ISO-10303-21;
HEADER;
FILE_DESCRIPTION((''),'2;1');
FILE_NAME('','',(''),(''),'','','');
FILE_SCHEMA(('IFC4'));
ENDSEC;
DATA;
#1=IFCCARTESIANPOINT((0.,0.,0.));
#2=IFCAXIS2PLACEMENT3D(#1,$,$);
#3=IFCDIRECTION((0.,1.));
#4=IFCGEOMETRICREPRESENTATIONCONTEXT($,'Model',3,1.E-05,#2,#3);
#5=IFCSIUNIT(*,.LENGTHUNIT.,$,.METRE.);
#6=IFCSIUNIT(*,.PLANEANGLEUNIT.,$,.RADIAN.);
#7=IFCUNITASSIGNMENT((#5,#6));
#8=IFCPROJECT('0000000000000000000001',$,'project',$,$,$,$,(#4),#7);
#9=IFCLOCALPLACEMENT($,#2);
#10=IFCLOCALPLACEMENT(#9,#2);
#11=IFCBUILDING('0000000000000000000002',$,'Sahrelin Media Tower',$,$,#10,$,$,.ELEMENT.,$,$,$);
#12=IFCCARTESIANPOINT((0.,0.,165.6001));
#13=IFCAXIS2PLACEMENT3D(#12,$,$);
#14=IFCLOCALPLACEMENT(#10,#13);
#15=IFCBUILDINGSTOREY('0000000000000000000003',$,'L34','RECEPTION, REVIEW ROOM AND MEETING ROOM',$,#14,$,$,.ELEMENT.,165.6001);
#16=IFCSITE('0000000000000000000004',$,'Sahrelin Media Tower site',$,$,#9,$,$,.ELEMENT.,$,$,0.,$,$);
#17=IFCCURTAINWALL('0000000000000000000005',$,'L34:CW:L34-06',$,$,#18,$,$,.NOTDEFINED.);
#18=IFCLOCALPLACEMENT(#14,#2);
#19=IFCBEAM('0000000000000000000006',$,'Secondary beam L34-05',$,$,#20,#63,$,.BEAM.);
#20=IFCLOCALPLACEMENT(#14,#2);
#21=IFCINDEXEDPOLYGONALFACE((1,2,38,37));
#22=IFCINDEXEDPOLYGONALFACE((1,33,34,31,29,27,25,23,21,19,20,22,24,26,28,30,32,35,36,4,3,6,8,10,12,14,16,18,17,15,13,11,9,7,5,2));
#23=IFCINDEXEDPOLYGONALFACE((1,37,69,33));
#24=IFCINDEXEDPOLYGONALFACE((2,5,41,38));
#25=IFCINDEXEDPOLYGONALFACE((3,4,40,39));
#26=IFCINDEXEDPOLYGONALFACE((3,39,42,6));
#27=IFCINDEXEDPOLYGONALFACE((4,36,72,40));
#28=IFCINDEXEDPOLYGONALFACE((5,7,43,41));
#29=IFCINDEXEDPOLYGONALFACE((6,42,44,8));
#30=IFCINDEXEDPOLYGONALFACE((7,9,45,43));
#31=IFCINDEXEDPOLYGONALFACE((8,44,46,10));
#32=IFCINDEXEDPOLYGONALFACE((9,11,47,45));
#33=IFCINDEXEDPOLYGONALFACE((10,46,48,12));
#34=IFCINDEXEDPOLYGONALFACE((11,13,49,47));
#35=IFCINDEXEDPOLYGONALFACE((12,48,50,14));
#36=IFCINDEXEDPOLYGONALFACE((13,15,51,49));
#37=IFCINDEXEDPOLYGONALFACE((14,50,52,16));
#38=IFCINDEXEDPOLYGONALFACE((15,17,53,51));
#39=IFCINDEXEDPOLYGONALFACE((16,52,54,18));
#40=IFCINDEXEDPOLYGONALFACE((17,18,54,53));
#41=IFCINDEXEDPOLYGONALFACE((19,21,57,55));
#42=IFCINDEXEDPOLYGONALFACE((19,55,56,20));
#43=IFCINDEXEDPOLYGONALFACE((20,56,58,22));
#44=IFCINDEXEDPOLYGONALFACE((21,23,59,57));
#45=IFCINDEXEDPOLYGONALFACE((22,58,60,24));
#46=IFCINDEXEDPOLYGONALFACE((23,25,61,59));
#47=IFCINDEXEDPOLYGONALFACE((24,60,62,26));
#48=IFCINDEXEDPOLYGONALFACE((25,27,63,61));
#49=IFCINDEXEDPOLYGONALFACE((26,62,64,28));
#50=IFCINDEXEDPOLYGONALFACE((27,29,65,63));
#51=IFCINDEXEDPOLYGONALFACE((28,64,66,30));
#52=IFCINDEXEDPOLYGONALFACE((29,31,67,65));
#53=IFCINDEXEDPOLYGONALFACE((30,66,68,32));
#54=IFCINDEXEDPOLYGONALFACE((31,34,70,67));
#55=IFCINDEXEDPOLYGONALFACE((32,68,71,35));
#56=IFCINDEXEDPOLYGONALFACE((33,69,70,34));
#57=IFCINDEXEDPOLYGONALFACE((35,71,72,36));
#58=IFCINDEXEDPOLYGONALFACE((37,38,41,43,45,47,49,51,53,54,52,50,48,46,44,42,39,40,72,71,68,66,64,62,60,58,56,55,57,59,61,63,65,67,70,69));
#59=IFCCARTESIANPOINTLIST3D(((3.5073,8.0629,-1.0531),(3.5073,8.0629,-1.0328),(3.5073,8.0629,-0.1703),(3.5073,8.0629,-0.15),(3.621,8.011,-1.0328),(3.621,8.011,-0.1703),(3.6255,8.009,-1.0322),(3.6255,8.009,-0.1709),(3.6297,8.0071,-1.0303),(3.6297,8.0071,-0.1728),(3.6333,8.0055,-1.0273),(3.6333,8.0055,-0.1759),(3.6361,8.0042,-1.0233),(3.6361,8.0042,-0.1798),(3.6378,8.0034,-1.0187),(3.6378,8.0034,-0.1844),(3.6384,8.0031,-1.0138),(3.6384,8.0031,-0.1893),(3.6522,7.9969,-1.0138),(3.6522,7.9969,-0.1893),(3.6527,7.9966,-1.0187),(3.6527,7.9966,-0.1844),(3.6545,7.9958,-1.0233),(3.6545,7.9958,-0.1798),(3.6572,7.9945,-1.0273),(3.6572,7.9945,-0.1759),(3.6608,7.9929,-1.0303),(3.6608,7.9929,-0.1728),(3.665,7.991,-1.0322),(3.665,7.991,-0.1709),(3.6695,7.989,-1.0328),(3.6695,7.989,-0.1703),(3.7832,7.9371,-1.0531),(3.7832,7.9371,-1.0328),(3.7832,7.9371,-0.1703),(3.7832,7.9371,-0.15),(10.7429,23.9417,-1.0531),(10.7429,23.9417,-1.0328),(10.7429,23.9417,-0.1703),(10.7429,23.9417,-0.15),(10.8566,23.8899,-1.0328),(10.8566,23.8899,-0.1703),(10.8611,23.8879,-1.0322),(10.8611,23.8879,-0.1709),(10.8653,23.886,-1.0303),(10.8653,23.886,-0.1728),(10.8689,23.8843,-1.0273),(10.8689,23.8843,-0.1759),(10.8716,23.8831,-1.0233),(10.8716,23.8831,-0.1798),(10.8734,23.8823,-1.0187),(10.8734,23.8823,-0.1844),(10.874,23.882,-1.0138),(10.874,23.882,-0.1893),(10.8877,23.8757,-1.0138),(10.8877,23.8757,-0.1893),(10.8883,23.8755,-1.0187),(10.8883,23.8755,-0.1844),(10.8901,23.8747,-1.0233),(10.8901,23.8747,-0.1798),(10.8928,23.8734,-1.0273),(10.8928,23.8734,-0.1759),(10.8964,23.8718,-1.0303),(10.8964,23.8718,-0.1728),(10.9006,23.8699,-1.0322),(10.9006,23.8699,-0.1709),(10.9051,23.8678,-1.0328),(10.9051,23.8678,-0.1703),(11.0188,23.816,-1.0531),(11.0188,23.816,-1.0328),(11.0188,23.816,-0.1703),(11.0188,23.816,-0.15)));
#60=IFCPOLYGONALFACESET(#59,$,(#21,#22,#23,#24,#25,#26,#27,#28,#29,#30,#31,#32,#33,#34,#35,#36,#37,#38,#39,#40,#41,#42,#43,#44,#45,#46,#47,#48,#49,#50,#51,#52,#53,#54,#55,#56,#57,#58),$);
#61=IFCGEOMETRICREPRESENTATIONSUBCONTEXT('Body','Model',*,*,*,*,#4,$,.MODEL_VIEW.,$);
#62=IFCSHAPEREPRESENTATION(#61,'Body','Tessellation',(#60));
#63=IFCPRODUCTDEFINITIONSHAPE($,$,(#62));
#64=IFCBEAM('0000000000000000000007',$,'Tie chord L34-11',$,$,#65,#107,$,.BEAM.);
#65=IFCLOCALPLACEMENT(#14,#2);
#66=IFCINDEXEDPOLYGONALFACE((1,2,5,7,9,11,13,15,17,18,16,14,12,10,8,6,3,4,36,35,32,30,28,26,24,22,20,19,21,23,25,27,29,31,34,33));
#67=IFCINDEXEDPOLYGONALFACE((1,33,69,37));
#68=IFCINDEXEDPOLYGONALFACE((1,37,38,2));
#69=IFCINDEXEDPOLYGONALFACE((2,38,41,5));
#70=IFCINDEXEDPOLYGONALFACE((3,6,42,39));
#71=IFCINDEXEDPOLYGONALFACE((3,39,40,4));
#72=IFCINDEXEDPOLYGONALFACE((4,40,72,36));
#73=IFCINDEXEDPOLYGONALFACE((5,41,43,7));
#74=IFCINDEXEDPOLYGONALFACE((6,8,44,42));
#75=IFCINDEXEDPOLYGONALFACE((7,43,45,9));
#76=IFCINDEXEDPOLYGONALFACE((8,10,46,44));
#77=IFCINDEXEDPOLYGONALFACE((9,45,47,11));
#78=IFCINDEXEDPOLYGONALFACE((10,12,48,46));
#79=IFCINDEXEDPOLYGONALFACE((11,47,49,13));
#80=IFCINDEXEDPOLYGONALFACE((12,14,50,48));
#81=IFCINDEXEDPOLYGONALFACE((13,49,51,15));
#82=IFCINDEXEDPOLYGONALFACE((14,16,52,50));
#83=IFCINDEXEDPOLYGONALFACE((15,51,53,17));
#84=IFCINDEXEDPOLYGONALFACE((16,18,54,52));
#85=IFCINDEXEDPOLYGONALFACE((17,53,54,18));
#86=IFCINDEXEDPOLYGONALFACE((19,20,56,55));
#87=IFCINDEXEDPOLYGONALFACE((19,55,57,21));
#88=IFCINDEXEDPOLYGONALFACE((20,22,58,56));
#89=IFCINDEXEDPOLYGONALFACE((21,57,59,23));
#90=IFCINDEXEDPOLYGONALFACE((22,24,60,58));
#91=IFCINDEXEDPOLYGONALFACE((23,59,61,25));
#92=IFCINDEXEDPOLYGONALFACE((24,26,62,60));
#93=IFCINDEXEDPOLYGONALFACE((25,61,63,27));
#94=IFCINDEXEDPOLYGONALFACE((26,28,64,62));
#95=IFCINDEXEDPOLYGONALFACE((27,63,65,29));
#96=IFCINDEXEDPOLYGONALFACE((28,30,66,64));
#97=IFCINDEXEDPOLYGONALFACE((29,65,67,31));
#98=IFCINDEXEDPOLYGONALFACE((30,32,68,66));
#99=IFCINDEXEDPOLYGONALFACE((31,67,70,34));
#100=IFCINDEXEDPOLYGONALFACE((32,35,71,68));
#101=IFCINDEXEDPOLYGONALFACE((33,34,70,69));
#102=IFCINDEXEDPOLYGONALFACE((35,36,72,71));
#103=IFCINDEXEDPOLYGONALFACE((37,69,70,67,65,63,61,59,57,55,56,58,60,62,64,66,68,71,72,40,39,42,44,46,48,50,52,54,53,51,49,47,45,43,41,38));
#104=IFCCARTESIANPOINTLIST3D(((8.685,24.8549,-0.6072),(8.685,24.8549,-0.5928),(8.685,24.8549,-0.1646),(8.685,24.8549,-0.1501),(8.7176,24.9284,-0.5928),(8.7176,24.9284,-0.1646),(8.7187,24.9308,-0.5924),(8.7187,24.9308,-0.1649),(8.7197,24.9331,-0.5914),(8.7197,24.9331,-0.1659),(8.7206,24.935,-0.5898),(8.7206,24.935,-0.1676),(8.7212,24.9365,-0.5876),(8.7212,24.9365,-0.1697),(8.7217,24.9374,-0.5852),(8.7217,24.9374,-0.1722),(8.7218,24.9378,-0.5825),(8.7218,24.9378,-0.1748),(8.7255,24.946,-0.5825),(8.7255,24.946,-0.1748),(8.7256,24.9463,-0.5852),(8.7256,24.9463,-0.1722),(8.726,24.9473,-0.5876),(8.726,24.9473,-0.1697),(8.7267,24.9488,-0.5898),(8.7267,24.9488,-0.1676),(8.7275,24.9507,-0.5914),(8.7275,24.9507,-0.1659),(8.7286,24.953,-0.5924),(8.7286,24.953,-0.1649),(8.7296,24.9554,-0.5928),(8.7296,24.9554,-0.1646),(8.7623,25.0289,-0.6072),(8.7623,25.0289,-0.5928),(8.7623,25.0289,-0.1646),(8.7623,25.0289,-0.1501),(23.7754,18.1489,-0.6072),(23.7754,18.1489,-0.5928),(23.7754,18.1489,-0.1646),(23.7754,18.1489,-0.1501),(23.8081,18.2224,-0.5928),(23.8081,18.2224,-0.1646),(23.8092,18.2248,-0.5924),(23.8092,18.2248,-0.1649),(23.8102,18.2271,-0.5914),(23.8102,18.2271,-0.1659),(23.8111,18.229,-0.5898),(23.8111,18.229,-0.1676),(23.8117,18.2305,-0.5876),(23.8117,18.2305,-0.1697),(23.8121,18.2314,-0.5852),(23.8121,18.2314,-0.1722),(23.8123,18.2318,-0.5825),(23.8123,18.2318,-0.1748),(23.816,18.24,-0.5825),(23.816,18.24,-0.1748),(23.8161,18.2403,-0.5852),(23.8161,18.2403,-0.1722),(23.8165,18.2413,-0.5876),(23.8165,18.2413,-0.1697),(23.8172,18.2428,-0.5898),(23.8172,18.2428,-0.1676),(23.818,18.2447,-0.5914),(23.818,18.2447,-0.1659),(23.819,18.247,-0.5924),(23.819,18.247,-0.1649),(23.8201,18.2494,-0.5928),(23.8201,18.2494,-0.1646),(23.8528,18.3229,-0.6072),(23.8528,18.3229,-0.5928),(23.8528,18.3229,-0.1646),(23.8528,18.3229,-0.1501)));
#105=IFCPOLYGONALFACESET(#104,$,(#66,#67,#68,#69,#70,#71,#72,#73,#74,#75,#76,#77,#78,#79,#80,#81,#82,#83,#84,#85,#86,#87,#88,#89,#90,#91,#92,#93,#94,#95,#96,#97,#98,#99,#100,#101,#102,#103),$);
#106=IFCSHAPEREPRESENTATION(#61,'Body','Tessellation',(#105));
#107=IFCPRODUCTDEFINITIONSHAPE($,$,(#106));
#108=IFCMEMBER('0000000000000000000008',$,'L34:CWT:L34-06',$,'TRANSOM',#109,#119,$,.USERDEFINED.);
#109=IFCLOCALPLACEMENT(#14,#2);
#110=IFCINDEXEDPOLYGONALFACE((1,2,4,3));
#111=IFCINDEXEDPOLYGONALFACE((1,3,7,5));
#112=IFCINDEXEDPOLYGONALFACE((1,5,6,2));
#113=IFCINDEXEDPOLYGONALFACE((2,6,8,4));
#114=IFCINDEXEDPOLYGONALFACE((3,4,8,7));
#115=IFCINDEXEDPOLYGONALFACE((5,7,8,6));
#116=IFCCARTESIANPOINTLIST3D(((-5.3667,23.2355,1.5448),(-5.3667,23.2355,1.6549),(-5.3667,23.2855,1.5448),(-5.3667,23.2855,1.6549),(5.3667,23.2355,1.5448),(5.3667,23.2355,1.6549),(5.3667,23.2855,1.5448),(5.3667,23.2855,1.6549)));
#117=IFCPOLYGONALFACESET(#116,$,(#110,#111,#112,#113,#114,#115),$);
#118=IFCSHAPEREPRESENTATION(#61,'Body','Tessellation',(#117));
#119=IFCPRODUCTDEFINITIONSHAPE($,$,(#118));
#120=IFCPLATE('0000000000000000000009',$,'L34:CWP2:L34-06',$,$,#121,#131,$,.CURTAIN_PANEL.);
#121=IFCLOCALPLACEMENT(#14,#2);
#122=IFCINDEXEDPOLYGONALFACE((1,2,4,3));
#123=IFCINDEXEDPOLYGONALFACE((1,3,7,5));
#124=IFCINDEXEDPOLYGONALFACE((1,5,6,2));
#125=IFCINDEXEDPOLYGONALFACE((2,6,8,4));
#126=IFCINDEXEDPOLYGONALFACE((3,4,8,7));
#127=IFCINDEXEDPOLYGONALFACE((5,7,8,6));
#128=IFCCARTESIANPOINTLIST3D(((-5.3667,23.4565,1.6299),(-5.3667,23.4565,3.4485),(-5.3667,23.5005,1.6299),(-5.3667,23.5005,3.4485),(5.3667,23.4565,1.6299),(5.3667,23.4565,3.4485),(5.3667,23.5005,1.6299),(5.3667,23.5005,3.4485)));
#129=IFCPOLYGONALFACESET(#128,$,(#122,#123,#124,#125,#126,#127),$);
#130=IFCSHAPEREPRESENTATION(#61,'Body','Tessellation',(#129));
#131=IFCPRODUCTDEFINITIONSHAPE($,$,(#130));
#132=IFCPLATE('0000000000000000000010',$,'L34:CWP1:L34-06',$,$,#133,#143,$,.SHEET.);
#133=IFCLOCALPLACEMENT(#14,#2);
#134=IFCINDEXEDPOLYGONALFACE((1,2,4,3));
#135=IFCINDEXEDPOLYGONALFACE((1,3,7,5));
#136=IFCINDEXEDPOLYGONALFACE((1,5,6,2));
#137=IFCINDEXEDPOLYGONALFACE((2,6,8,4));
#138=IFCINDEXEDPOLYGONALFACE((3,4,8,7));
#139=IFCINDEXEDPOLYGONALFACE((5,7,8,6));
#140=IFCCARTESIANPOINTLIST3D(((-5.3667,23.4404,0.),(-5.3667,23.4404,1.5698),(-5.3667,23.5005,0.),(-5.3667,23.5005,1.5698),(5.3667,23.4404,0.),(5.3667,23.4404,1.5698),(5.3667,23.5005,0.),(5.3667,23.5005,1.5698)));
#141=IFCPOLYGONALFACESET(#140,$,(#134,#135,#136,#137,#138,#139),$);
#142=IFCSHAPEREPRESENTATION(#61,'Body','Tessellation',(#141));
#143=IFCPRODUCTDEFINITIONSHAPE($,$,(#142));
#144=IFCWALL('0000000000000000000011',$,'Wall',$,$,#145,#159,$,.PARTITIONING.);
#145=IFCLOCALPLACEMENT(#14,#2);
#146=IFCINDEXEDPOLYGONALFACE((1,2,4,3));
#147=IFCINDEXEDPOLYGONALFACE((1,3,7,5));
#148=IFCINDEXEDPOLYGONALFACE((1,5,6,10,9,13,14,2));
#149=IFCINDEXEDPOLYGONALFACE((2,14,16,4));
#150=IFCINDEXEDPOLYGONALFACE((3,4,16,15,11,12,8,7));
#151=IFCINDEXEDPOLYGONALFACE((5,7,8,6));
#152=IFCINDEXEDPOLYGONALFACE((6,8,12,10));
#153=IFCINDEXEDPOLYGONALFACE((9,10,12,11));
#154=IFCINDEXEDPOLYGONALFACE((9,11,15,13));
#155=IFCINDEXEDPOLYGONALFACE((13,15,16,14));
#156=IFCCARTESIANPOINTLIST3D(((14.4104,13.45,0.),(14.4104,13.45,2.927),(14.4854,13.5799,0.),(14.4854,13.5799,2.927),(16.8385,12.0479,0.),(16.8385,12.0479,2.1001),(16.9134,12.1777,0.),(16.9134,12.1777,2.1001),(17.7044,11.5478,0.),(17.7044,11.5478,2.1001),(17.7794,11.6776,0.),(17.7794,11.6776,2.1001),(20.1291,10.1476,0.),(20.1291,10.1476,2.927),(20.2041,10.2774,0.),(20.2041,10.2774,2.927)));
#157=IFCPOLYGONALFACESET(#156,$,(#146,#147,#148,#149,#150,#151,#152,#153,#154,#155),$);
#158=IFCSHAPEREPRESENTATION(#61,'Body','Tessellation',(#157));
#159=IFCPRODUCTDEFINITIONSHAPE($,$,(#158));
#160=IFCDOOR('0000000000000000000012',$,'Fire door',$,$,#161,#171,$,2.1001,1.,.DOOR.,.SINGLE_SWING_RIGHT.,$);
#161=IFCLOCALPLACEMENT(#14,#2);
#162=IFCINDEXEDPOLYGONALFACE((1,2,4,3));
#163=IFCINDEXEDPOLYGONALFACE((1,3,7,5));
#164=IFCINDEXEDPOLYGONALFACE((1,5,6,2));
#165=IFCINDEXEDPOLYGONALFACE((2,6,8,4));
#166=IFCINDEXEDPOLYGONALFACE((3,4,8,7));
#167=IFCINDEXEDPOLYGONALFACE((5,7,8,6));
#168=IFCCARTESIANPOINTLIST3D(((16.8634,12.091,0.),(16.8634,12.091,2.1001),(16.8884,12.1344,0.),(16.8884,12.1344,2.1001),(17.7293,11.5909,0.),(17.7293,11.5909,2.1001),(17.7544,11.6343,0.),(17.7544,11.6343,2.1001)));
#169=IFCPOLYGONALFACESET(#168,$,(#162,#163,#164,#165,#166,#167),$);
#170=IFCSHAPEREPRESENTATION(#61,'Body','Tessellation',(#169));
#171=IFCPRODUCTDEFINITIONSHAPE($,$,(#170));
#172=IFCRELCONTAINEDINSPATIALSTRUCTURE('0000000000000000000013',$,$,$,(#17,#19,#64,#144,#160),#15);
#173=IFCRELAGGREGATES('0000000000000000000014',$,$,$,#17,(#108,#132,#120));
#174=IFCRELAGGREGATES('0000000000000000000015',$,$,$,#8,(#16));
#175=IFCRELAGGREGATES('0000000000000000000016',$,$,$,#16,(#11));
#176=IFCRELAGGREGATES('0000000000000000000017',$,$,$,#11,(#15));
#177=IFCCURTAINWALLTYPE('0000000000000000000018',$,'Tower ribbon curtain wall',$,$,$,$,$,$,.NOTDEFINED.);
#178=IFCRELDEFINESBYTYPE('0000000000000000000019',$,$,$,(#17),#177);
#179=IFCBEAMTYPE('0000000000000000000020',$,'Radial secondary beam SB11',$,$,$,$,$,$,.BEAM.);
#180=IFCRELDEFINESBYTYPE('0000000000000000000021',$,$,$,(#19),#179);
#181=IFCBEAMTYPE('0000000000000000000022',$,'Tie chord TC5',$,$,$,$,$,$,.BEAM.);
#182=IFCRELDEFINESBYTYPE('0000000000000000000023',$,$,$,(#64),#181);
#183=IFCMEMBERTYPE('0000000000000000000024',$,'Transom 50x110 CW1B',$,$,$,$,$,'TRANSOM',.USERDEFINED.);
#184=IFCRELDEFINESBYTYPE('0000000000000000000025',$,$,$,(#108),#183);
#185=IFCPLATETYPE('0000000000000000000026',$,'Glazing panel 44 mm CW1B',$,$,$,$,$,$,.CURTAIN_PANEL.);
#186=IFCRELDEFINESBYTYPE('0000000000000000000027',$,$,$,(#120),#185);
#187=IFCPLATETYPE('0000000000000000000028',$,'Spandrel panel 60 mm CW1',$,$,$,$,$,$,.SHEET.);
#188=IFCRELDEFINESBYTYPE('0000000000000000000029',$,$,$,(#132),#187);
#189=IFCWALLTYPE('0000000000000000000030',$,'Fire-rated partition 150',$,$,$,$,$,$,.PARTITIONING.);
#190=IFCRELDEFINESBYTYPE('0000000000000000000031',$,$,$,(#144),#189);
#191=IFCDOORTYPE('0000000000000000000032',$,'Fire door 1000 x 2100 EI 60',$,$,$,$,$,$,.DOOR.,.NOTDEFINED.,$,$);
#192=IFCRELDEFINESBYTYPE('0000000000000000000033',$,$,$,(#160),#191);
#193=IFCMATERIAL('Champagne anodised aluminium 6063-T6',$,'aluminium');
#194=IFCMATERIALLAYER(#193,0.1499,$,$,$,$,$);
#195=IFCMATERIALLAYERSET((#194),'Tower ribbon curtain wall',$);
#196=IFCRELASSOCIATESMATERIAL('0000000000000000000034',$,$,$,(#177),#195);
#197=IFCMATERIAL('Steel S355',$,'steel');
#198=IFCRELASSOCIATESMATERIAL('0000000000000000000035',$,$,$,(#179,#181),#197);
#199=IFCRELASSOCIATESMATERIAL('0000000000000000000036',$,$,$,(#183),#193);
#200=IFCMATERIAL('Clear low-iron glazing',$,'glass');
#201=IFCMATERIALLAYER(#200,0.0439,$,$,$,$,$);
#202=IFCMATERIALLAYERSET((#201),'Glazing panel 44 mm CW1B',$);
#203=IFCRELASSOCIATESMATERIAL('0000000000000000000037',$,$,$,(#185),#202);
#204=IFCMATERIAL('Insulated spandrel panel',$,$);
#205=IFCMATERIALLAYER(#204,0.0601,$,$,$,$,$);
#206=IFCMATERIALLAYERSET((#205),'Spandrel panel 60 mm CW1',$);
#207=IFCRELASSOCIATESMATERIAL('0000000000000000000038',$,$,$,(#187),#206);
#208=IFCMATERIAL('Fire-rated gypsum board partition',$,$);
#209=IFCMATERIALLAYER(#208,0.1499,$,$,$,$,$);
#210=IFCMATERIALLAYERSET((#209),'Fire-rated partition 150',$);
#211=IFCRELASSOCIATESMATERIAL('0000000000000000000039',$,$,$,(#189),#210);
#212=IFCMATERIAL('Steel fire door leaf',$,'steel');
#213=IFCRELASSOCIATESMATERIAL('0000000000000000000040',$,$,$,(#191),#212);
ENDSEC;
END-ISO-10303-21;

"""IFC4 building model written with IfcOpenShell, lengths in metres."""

from ifc_helpers import new_model, si_unit, direction, frame, frame_2d, origin, origin_2d, place, context, subcontext, project, spatial, polyline, rectangle, i_section, outline, extrude, material, layer, layer_set, material_profile, profile_set, type_object, element, fill, aggregate, save


model = new_model("IFC4")

# Units and contexts
model_context = context("Model", 3, precision=1e-05, world=origin(), true_north=direction((0.0, 1.0)))
body_context = subcontext(model_context, "Body", "Model", "MODEL_VIEW")
ifc_project = project(units=[si_unit("LENGTHUNIT", "METRE"), si_unit("PLANEANGLEUNIT", "RADIAN")], contexts=[model_context])

# Site, building, storey
site_placement = place(None, origin())
site = spatial("IfcSite", under=ifc_project, at=site_placement, Name="Sahrelin Media Tower site", CompositionType="ELEMENT", RefElevation=0.0)
building_placement = place(site_placement, origin())
building = spatial("IfcBuilding", under=site, at=building_placement, Name="Sahrelin Media Tower", CompositionType="ELEMENT")
storey_placement = place(building_placement, frame((0.0, 0.0, 165.6001)))
storey = spatial("IfcBuildingStorey", under=building, at=storey_placement, Name="L34", Description="RECEPTION, REVIEW ROOM AND MEETING ROOM", CompositionType="ELEMENT", Elevation=165.6001)

# Shared definitions
ifc_material_1 = material(Name="Steel S355", Category="steel")

# Curtain wall
ifc_material_2 = material(Name="Champagne anodised aluminium 6063-T6", Category="aluminium")
ifc_layer_1 = layer(ifc_material_2, 0.1499)
ifc_layer_set_1 = layer_set([ifc_layer_1], Name="Tower ribbon curtain wall")
curtain_wall_type = type_object("IfcCurtainWallType", Name="Tower ribbon curtain wall", PredefinedType="NOTDEFINED", material=ifc_layer_set_1)
placement_1 = place(storey_placement, frame((0.0, 23.4807, 0.0), z_axis=(0.0, 0.0, 1.0), x_axis=(1.0, 0.0, 0.0)))
curtain_wall_1 = element("IfcCurtainWall", 1, at=placement_1, inside=storey, type_object=curtain_wall_type, Name="L34:CW:L34-06", PredefinedType="NOTDEFINED")

# Beams
ifc_material_profile_1 = material_profile(ifc_material_1, i_section(OverallWidth=0.3032, OverallDepth=0.9031, WebThickness=0.0151, FlangeThickness=0.0203, FilletRadius=0.019, at=origin_2d()), Name="UB 914x305x201")
ifc_profile_set_1 = profile_set([ifc_material_profile_1], Name="Steel S355")
beam_type_1 = type_object("IfcBeamType", Name="Radial secondary beam SB11", PredefinedType="BEAM", material=ifc_profile_set_1)
beam_1_placement = place(storey_placement, frame((3.6453, 8.0, -0.6016), z_axis=(0.414653, 0.909979, 0.0), x_axis=(-0.909979, 0.414653, 0.0)))
element("IfcBeam", 2, at=beam_1_placement, inside=storey, type_object=beam_type_1, Name="Secondary beam L34-05", PredefinedType="BEAM", context=body_context, shape_type="SweptSolid", body=[
    extrude(i_section(OverallWidth=0.3032, OverallDepth=0.9031, WebThickness=0.0151, FlangeThickness=0.0203, FilletRadius=0.019, at=origin_2d()), origin(), (0.0, 0.0, 1.0), 17.4497),
])
ifc_material_profile_2 = material_profile(ifc_material_1, i_section(OverallWidth=0.1904, OverallDepth=0.457, WebThickness=0.009, FlangeThickness=0.0144, FilletRadius=0.0103, at=origin_2d()), Name="UB 457x191x74")
ifc_profile_set_2 = profile_set([ifc_material_profile_2], Name="Steel S355")
beam_type_2 = type_object("IfcBeamType", Name="Tie chord TC5", PredefinedType="BEAM", material=ifc_profile_set_2)
beam_2_placement = place(storey_placement, frame((8.7236, 24.9419, -0.3787), z_axis=(0.913831, -0.406095, 0.0), x_axis=(0.406095, 0.913831, 0.0)))
element("IfcBeam", 3, at=beam_2_placement, inside=storey, type_object=beam_type_2, Name="Tie chord L34-11", PredefinedType="BEAM", context=body_context, shape_type="SweptSolid", body=[
    extrude(i_section(OverallWidth=0.1904, OverallDepth=0.457, WebThickness=0.009, FlangeThickness=0.0144, FilletRadius=0.0103, at=origin_2d()), origin(), (0.0, 0.0, 1.0), 16.5134),
])

# Member
ifc_material_profile_3 = material_profile(ifc_material_2, rectangle(XDim=0.05, YDim=0.1101, at=origin_2d()), Name="Transom 50x110")
ifc_profile_set_3 = profile_set([ifc_material_profile_3], Name="Champagne anodised aluminium 6063-T6")
member_type_1 = type_object("IfcMemberType", Name="Transom 50x110 CW1B", ElementType="TRANSOM", PredefinedType="USERDEFINED", material=ifc_profile_set_3)
member_1_placement = place(storey_placement, frame((5.3667, 23.2605, 1.5999), z_axis=(-1.0, 0.0, 0.0), x_axis=(0.0, -1.0, 0.0)))
member_1 = element("IfcMember", 4, at=member_1_placement, type_object=member_type_1, Name="L34:CWT:L34-06", ObjectType="TRANSOM", PredefinedType="USERDEFINED", context=body_context, shape_type="SweptSolid", body=[
    extrude(rectangle(XDim=0.05, YDim=0.1101, at=origin_2d()), origin(), (0.0, 0.0, 1.0), 10.7334),
])

# Plates
ifc_material_3 = material(Name="Clear low-iron glazing", Category="glass")
ifc_layer_2 = layer(ifc_material_3, 0.0439)
ifc_layer_set_2 = layer_set([ifc_layer_2], Name="Glazing panel 44 mm CW1B")
plate_type_1 = type_object("IfcPlateType", Name="Glazing panel 44 mm CW1B", PredefinedType="CURTAIN_PANEL", material=ifc_layer_set_2)
plate_1_placement = place(storey_placement, frame((5.3667, 23.5005, 1.6299), z_axis=(0.0, 1.0, 0.0), x_axis=(-1.0, 0.0, 0.0)))
plate_1 = element("IfcPlate", 5, at=plate_1_placement, type_object=plate_type_1, Name="L34:CWP2:L34-06", PredefinedType="CURTAIN_PANEL", context=body_context, shape_type="SweptSolid", body=[
    extrude(outline(polyline([(0.0, 0.0), (10.7334, 0.0), (10.7334, 1.8186), (0.0, 1.8186), (0.0, 0.0)])), origin(), (0.0, 0.0, -1.0), 0.0439),
])
ifc_material_4 = material(Name="Insulated spandrel panel")
ifc_layer_3 = layer(ifc_material_4, 0.0601)
ifc_layer_set_3 = layer_set([ifc_layer_3], Name="Spandrel panel 60 mm CW1")
plate_type_2 = type_object("IfcPlateType", Name="Spandrel panel 60 mm CW1", PredefinedType="SHEET", material=ifc_layer_set_3)
plate_2_placement = place(storey_placement, frame((5.3667, 23.5005, 0.0), z_axis=(0.0, 1.0, 0.0), x_axis=(-1.0, 0.0, 0.0)))
plate_2 = element("IfcPlate", 6, at=plate_2_placement, type_object=plate_type_2, Name="L34:CWP1:L34-06", PredefinedType="SHEET", context=body_context, shape_type="SweptSolid", body=[
    extrude(outline(polyline([(0.0, 0.0), (10.7334, 0.0), (10.7334, 1.5698), (0.0, 1.5698), (0.0, 0.0)])), origin(), (0.0, 0.0, -1.0), 0.0601),
])
aggregate(curtain_wall_1, [member_1, plate_2, plate_1])

# Wall, opening, door
ifc_material_5 = material(Name="Fire-rated gypsum board partition")
ifc_layer_4 = layer(ifc_material_5, 0.1499)
ifc_layer_set_4 = layer_set([ifc_layer_4], Name="Fire-rated partition 150")
wall_type_1 = type_object("IfcWallType", Name="Fire-rated partition 150", PredefinedType="PARTITIONING", material=ifc_layer_set_4)
wall_1_placement = place(storey_placement, frame((14.448, 13.5149, 0.0), z_axis=(0.0, 0.0, 1.0), x_axis=(0.865975, -0.500087, 0.0)))
wall_1 = element("IfcWall", 7, at=wall_1_placement, inside=storey, type_object=wall_type_1, Name="Wall", PredefinedType="PARTITIONING", context=body_context, shape_type="SweptSolid", body=[
    extrude(rectangle(XDim=6.6038, YDim=0.1499, at=frame_2d((3.3018, 0.0))), origin(), (0.0, 0.0, 1.0), 2.927),
])
opening_placement = place(wall_1_placement, frame((2.8037, 0.0, 0.0)))
opening = element("IfcOpeningElement", 8, at=opening_placement, cuts=wall_1, PredefinedType="OPENING", context=body_context, shape_type="SweptSolid", body=[
    extrude(rectangle(XDim=1.0, YDim=2.1001, at=frame_2d((0.5, 1.05))), frame((0.0, 0.075, 0.0), z_axis=(0.0, -1.0, 0.0), x_axis=(1.0, 0.0, 0.0)), (0.0, 0.0, 1.0), 0.1499),
])
ifc_material_6 = material(Name="Steel fire door leaf", Category="steel")
door_type = type_object("IfcDoorType", Name="Fire door 1000 x 2100 EI 60", OperationType="NOTDEFINED", PredefinedType="DOOR", material=ifc_material_6)
door_placement = place(opening_placement, origin())
door = element("IfcDoor", 9, at=door_placement, inside=storey, type_object=door_type, Name="Fire door", OperationType="SINGLE_SWING_RIGHT", OverallHeight=2.1001, OverallWidth=1.0, PredefinedType="DOOR", context=body_context, shape_type="SweptSolid", body=[
    extrude(rectangle(XDim=1.0, YDim=2.1001, at=frame_2d((0.5, 1.05))), frame((0.0, 0.0249, 0.0), z_axis=(0.0, -1.0, 0.0), x_axis=(1.0, 0.0, 0.0)), (0.0, 0.0, 1.0), 0.05),
])
fill(opening, door)

save(model, "model.ifc")
